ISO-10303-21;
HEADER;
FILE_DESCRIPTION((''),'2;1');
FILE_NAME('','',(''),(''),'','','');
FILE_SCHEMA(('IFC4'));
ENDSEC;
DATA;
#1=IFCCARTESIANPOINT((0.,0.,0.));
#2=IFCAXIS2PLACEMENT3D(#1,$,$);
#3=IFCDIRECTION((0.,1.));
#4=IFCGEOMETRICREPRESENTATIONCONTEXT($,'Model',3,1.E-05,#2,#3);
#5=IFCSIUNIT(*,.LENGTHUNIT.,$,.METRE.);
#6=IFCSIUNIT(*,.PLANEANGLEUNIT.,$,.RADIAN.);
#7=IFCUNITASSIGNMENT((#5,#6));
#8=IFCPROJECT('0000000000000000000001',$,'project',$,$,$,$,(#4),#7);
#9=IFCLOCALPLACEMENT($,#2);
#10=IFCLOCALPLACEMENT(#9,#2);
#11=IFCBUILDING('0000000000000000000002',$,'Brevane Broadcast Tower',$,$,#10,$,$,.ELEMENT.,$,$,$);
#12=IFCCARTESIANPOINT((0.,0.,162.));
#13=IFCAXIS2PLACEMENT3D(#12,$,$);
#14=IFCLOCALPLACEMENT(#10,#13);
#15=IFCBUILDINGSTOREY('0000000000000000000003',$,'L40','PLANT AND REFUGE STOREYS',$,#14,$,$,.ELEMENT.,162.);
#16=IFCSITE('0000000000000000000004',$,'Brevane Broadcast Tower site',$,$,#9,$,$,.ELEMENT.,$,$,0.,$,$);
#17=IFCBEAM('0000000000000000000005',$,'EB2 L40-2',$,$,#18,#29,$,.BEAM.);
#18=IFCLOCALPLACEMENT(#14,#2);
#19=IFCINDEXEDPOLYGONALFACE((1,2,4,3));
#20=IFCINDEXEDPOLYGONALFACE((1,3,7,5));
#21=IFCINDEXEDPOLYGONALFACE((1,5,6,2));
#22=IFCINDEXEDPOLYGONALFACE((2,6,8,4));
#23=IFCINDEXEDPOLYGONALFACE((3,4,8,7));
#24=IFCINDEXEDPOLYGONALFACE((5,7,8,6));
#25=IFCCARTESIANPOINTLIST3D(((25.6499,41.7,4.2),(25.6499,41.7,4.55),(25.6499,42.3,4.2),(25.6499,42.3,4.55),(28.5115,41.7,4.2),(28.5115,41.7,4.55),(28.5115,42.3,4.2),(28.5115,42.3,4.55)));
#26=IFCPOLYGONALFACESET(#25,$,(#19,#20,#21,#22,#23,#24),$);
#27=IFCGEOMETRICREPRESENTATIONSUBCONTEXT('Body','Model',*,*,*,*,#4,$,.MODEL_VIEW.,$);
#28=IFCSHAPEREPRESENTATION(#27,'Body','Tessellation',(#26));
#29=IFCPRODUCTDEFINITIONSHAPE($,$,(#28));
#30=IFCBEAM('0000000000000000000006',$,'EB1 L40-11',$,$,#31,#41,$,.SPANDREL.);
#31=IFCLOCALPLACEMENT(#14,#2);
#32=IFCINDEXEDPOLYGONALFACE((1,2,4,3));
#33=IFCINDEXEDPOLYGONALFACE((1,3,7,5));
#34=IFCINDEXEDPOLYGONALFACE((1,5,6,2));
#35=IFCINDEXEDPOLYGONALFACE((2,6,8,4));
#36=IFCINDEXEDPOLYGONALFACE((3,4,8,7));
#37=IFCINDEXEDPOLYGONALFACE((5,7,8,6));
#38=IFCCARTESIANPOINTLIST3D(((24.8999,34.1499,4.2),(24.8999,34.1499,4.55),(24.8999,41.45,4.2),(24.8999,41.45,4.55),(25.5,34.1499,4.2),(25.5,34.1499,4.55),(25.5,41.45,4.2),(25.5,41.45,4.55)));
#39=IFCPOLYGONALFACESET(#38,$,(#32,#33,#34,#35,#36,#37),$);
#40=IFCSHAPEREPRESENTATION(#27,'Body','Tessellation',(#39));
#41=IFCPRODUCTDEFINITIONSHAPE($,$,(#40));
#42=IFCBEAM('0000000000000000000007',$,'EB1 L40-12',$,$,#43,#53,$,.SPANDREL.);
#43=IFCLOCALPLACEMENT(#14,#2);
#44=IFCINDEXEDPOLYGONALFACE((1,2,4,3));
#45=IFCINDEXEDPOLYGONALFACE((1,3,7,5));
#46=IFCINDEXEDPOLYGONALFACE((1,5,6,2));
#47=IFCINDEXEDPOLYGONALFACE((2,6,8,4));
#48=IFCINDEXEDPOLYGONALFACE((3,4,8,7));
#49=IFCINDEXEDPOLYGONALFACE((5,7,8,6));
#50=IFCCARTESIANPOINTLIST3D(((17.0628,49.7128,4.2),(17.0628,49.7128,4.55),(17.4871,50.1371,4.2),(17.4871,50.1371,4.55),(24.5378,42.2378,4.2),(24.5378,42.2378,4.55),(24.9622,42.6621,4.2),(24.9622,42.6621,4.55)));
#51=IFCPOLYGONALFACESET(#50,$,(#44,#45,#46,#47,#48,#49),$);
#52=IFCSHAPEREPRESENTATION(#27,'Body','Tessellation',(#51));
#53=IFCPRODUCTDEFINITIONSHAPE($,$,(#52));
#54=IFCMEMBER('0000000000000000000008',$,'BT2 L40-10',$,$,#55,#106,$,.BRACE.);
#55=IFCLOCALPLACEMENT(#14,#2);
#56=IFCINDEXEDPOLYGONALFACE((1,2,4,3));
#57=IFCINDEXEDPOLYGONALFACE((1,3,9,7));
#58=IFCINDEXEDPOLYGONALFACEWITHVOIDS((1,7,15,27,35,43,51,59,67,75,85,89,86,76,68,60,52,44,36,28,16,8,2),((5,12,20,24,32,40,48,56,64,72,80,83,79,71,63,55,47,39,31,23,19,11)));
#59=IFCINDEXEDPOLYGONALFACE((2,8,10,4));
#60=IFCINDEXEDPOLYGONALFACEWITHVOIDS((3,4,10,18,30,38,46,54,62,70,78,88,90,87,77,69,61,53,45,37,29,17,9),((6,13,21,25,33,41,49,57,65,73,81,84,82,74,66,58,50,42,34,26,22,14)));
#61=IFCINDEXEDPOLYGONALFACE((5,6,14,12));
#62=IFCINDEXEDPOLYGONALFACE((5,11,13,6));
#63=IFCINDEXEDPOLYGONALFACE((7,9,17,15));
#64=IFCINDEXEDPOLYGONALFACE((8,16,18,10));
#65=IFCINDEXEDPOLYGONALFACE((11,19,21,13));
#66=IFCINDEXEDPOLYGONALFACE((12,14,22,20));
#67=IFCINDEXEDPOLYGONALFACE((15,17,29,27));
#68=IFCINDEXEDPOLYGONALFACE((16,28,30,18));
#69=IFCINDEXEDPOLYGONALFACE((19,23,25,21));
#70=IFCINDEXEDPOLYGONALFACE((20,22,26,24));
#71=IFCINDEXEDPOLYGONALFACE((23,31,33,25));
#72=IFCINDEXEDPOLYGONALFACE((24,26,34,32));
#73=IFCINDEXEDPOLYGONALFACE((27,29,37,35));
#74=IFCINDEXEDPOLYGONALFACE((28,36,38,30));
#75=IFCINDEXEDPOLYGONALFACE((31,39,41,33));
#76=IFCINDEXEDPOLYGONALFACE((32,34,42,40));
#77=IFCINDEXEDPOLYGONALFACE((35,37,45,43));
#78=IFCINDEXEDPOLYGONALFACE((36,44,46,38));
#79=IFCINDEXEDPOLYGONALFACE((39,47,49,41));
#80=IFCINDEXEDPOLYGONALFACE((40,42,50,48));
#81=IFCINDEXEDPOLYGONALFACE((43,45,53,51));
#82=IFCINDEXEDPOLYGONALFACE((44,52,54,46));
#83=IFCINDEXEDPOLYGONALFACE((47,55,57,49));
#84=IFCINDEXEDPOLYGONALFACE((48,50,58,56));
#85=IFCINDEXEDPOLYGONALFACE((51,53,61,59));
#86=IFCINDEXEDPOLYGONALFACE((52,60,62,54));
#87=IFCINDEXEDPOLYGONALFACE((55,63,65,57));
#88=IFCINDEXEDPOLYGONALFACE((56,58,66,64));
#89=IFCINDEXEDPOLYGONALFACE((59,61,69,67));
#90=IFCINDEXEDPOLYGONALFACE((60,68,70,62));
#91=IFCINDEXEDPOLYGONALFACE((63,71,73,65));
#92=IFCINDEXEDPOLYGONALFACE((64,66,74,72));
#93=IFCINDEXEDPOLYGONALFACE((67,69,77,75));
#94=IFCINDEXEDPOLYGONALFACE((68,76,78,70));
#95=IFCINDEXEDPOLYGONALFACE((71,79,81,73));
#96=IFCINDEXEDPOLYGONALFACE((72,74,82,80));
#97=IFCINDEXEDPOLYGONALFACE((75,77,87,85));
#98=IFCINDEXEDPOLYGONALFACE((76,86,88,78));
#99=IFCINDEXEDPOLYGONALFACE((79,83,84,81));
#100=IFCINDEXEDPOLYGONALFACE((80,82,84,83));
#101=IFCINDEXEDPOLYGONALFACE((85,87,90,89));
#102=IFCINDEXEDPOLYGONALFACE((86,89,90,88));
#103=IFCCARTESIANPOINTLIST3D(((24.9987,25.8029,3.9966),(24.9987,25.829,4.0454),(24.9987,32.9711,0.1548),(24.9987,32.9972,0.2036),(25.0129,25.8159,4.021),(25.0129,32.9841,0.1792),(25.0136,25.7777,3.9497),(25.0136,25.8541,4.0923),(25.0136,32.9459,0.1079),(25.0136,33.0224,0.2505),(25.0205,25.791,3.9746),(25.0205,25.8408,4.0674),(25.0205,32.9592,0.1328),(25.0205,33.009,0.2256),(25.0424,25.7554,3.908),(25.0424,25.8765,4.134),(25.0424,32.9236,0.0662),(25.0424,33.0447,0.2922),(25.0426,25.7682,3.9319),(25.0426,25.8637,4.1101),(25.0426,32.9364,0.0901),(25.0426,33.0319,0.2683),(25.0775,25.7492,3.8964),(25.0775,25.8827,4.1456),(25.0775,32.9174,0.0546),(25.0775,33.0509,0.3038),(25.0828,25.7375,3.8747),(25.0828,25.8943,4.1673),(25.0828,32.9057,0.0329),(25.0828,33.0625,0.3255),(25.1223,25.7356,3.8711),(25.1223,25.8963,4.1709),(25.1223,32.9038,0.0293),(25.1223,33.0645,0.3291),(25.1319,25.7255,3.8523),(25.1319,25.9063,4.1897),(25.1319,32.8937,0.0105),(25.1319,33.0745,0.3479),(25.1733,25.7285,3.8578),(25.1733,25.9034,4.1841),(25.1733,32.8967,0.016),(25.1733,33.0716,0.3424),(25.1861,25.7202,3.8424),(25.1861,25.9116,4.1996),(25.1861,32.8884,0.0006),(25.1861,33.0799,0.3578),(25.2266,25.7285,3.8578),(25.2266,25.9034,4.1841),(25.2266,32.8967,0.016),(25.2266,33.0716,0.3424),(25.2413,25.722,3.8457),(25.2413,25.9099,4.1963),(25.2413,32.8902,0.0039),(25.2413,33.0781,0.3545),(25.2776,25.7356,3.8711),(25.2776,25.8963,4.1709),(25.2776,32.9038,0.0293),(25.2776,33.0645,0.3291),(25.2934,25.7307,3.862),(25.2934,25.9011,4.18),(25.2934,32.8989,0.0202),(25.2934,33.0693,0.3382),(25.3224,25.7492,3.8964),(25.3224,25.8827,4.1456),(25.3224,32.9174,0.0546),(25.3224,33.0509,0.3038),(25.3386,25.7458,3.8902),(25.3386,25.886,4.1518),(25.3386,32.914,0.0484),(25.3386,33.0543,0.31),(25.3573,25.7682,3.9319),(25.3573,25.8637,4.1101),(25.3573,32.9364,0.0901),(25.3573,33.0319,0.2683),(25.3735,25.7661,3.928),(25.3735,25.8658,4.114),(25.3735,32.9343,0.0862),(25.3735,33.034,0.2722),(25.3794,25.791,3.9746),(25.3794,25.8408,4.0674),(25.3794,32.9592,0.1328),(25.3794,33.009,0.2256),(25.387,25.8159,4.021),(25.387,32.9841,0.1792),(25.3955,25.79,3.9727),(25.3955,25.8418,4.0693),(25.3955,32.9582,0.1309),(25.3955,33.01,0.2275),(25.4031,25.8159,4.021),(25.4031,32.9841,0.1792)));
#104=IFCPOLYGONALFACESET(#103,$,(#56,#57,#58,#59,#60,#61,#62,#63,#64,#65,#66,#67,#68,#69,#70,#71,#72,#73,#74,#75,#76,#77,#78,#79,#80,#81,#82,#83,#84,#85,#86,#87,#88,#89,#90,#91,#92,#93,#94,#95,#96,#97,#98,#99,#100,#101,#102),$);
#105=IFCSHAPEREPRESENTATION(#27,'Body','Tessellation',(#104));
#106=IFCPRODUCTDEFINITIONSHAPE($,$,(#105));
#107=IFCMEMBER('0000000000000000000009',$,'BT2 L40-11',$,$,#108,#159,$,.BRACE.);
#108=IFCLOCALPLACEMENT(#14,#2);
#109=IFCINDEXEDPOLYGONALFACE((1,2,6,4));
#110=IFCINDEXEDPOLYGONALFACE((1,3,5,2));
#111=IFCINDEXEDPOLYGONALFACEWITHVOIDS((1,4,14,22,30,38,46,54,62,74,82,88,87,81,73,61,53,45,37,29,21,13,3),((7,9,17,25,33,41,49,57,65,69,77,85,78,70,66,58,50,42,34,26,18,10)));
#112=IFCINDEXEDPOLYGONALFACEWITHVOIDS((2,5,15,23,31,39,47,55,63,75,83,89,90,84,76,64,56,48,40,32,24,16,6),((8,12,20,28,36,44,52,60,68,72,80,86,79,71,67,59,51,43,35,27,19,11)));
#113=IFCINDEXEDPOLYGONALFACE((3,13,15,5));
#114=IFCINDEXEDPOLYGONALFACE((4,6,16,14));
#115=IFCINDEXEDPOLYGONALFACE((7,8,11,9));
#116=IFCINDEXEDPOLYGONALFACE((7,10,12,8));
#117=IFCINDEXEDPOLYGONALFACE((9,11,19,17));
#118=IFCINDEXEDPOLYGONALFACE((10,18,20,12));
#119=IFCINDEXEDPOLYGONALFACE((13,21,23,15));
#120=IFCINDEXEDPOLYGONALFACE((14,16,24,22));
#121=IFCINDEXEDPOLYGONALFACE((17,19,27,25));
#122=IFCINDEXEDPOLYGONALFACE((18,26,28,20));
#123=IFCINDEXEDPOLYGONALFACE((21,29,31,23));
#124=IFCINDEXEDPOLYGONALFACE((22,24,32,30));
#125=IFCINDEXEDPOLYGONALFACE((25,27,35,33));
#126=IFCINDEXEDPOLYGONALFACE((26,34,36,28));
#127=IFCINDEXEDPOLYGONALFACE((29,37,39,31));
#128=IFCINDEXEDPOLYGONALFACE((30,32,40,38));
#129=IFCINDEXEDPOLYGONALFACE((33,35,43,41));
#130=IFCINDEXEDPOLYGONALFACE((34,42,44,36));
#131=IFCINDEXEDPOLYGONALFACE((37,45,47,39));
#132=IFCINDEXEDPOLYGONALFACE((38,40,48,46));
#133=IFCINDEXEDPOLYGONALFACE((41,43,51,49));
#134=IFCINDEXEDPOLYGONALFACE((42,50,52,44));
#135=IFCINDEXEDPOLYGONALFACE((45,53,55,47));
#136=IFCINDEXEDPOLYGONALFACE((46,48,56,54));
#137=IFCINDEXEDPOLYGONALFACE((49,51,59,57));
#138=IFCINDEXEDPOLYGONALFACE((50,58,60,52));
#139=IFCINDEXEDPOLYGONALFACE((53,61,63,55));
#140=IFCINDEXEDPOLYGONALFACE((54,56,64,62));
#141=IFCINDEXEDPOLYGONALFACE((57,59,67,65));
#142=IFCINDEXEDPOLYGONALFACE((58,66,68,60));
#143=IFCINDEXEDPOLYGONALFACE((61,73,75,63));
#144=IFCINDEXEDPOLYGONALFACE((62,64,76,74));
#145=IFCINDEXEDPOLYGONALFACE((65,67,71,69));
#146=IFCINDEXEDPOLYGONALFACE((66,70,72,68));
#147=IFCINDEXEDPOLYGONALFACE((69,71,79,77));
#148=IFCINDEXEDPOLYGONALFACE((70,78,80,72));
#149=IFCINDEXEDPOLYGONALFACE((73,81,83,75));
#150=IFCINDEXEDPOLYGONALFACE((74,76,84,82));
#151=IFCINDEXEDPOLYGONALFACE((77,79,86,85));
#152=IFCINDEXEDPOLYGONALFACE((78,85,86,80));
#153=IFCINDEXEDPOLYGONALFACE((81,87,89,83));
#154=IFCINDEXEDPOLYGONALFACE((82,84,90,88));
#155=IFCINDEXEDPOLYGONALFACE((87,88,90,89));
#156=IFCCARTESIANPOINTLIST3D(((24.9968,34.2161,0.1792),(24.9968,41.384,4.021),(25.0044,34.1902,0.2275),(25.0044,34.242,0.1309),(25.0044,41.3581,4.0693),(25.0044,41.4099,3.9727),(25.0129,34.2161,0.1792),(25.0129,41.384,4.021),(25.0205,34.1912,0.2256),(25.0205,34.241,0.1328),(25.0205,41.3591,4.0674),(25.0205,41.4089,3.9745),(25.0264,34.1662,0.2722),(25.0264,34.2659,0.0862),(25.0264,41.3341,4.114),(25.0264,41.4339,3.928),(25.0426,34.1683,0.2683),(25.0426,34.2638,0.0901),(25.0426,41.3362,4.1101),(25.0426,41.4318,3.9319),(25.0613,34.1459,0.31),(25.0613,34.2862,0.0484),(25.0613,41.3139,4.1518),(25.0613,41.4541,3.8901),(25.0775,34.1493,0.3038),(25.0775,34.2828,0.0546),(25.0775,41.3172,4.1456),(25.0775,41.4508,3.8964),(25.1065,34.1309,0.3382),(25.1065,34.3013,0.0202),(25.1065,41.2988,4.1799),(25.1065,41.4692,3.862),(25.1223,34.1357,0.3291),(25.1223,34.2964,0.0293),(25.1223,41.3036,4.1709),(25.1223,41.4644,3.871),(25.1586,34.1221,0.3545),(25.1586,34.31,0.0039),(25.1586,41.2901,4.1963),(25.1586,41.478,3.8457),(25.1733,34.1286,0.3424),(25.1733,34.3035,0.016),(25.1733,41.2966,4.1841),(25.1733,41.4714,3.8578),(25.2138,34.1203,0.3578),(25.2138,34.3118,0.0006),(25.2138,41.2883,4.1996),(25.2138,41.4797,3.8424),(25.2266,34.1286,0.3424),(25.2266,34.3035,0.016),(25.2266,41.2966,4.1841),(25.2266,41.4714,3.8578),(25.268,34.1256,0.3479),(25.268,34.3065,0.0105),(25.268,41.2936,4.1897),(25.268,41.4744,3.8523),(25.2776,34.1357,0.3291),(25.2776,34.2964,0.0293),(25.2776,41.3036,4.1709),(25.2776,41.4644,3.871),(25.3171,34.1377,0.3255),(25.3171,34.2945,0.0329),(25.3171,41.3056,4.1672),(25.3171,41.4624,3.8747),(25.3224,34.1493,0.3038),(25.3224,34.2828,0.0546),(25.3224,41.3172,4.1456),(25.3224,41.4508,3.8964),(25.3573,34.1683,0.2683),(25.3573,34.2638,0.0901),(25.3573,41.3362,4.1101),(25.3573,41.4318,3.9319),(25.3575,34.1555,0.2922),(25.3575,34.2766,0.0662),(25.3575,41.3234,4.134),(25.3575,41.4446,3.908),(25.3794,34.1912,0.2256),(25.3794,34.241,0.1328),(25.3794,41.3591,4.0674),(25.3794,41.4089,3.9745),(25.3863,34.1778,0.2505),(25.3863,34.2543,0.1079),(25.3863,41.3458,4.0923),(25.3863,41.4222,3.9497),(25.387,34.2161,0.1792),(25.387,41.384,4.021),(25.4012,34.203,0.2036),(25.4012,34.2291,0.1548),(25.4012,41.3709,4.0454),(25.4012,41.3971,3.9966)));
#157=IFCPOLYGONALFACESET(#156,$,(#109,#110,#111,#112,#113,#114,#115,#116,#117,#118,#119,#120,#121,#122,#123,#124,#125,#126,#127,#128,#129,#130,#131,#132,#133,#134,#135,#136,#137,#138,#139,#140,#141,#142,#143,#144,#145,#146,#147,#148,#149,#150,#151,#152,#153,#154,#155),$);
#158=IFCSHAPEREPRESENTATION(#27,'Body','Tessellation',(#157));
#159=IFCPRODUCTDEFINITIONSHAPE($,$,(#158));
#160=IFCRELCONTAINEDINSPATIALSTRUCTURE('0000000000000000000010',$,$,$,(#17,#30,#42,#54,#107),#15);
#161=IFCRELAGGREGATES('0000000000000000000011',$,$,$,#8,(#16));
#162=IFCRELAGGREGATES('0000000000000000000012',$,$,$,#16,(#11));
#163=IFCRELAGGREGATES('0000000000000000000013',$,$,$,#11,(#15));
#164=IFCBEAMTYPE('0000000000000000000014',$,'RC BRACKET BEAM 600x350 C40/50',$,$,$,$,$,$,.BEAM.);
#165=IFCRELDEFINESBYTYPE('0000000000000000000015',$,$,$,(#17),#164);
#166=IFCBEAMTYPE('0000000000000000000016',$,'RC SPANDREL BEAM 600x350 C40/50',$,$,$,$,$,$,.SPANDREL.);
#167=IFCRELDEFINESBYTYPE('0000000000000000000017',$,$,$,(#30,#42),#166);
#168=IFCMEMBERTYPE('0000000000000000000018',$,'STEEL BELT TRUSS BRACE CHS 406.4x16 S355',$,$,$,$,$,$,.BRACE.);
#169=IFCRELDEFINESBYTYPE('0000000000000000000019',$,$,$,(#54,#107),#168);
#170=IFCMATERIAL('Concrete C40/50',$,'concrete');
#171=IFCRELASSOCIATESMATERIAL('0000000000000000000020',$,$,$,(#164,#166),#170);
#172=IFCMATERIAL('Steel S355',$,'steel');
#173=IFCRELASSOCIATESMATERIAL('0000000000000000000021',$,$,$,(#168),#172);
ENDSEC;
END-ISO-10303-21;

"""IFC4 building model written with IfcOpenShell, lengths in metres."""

from ifc_helpers import new_model, si_unit, direction, frame, origin, origin_2d, place, context, subcontext, project, spatial, rectangle, hollow_circle, extrude, material, material_profile, profile_set, type_object, element, save


model = new_model("IFC4")

# Units and contexts
model_context = context("Model", 3, precision=1e-05, world=origin(), true_north=direction((0.0, 1.0)))
body_context = subcontext(model_context, "Body", "Model", "MODEL_VIEW")
ifc_project = project(units=[si_unit("LENGTHUNIT", "METRE"), si_unit("PLANEANGLEUNIT", "RADIAN")], contexts=[model_context])

# Site, building, storey
site_placement = place(None, origin())
site = spatial("IfcSite", under=ifc_project, at=site_placement, Name="Brevane Broadcast Tower site", CompositionType="ELEMENT", RefElevation=0.0)
building_placement = place(site_placement, origin())
building = spatial("IfcBuilding", under=site, at=building_placement, Name="Brevane Broadcast Tower", CompositionType="ELEMENT")
storey_placement = place(building_placement, frame((0.0, 0.0, 162.0)))
storey = spatial("IfcBuildingStorey", under=building, at=storey_placement, Name="L40", Description="PLANT AND REFUGE STOREYS", CompositionType="ELEMENT", Elevation=162.0)

# Beams
ifc_material_1 = material(Name="Concrete C40/50", Category="concrete")
ifc_material_profile_1 = material_profile(ifc_material_1, rectangle(XDim=0.6001, YDim=0.3501, at=origin_2d()), Name="RC 600x350")
ifc_profile_set_1 = profile_set([ifc_material_profile_1], Name="Concrete C40/50")
beam_type_1 = type_object("IfcBeamType", Name="RC BRACKET BEAM 600x350 C40/50", PredefinedType="BEAM", material=ifc_profile_set_1)
beam_1_placement = place(storey_placement, frame((25.6499, 42.0, 4.375), z_axis=(1.0, 0.0, 0.0), x_axis=(0.0, 1.0, 0.0)))
element("IfcBeam", 1, at=beam_1_placement, inside=storey, type_object=beam_type_1, Name="EB2 L40-2", PredefinedType="BEAM", context=body_context, shape_type="SweptSolid", body=[
    extrude(rectangle(XDim=0.6001, YDim=0.3501, at=origin_2d()), origin(), (0.0, 0.0, 1.0), 2.8616),
])
ifc_material_profile_2 = material_profile(ifc_material_1, rectangle(XDim=0.6001, YDim=0.3501, at=origin_2d()), Name="RC 600x350")
ifc_profile_set_2 = profile_set([ifc_material_profile_2], Name="Concrete C40/50")
beam_type_2 = type_object("IfcBeamType", Name="RC SPANDREL BEAM 600x350 C40/50", PredefinedType="SPANDREL", material=ifc_profile_set_2)
beam_2_placement = place(storey_placement, frame((25.2, 34.1499, 4.375), z_axis=(0.0, 1.0, 0.0), x_axis=(-1.0, 0.0, 0.0)))
element("IfcBeam", 2, at=beam_2_placement, inside=storey, type_object=beam_type_2, Name="EB1 L40-11", PredefinedType="SPANDREL", context=body_context, shape_type="SweptSolid", body=[
    extrude(rectangle(XDim=0.6001, YDim=0.3501, at=origin_2d()), origin(), (0.0, 0.0, 1.0), 7.3),
])
beam_3_placement = place(storey_placement, frame((24.75, 42.45, 4.375), z_axis=(-0.707107, 0.707107, 0.0), x_axis=(-0.707107, -0.707107, 0.0)))
element("IfcBeam", 3, at=beam_3_placement, inside=storey, type_object=beam_type_2, Name="EB1 L40-12", PredefinedType="SPANDREL", context=body_context, shape_type="SweptSolid", body=[
    extrude(rectangle(XDim=0.6001, YDim=0.3501, at=origin_2d()), origin(), (0.0, 0.0, 1.0), 10.5713),
])

# Members
ifc_material_2 = material(Name="Steel S355", Category="steel")
ifc_material_profile_3 = material_profile(ifc_material_2, hollow_circle(Radius=0.2031, WallThickness=0.0161, at=origin_2d()), Name="CHS 406.4x16")
ifc_profile_set_3 = profile_set([ifc_material_profile_3], Name="Steel S355")
member_type_1 = type_object("IfcMemberType", Name="STEEL BELT TRUSS BRACE CHS 406.4x16 S355", PredefinedType="BRACE", material=ifc_profile_set_3)
member_1_placement = place(storey_placement, frame((25.2, 32.9841, 0.1792), z_axis=(0.0, -0.881394, 0.472382), x_axis=(1.0, 0.0, 0.0)))
element("IfcMember", 4, at=member_1_placement, inside=storey, type_object=member_type_1, Name="BT2 L40-10", PredefinedType="BRACE", context=body_context, shape_type="SweptSolid", body=[
    extrude(hollow_circle(Radius=0.2031, WallThickness=0.0161, at=origin_2d()), origin(), (0.0, 0.0, 1.0), 8.1328),
])
member_2_placement = place(storey_placement, frame((25.2, 34.2161, 0.1792), z_axis=(0.0, 0.881387, 0.472395), x_axis=(-1.0, 0.0, 0.0)))
element("IfcMember", 5, at=member_2_placement, inside=storey, type_object=member_type_1, Name="BT2 L40-11", PredefinedType="BRACE", context=body_context, shape_type="SweptSolid", body=[
    extrude(hollow_circle(Radius=0.2031, WallThickness=0.0161, at=origin_2d()), origin(), (0.0, 0.0, 1.0), 8.1326),
])

save(model, "model.ifc")
